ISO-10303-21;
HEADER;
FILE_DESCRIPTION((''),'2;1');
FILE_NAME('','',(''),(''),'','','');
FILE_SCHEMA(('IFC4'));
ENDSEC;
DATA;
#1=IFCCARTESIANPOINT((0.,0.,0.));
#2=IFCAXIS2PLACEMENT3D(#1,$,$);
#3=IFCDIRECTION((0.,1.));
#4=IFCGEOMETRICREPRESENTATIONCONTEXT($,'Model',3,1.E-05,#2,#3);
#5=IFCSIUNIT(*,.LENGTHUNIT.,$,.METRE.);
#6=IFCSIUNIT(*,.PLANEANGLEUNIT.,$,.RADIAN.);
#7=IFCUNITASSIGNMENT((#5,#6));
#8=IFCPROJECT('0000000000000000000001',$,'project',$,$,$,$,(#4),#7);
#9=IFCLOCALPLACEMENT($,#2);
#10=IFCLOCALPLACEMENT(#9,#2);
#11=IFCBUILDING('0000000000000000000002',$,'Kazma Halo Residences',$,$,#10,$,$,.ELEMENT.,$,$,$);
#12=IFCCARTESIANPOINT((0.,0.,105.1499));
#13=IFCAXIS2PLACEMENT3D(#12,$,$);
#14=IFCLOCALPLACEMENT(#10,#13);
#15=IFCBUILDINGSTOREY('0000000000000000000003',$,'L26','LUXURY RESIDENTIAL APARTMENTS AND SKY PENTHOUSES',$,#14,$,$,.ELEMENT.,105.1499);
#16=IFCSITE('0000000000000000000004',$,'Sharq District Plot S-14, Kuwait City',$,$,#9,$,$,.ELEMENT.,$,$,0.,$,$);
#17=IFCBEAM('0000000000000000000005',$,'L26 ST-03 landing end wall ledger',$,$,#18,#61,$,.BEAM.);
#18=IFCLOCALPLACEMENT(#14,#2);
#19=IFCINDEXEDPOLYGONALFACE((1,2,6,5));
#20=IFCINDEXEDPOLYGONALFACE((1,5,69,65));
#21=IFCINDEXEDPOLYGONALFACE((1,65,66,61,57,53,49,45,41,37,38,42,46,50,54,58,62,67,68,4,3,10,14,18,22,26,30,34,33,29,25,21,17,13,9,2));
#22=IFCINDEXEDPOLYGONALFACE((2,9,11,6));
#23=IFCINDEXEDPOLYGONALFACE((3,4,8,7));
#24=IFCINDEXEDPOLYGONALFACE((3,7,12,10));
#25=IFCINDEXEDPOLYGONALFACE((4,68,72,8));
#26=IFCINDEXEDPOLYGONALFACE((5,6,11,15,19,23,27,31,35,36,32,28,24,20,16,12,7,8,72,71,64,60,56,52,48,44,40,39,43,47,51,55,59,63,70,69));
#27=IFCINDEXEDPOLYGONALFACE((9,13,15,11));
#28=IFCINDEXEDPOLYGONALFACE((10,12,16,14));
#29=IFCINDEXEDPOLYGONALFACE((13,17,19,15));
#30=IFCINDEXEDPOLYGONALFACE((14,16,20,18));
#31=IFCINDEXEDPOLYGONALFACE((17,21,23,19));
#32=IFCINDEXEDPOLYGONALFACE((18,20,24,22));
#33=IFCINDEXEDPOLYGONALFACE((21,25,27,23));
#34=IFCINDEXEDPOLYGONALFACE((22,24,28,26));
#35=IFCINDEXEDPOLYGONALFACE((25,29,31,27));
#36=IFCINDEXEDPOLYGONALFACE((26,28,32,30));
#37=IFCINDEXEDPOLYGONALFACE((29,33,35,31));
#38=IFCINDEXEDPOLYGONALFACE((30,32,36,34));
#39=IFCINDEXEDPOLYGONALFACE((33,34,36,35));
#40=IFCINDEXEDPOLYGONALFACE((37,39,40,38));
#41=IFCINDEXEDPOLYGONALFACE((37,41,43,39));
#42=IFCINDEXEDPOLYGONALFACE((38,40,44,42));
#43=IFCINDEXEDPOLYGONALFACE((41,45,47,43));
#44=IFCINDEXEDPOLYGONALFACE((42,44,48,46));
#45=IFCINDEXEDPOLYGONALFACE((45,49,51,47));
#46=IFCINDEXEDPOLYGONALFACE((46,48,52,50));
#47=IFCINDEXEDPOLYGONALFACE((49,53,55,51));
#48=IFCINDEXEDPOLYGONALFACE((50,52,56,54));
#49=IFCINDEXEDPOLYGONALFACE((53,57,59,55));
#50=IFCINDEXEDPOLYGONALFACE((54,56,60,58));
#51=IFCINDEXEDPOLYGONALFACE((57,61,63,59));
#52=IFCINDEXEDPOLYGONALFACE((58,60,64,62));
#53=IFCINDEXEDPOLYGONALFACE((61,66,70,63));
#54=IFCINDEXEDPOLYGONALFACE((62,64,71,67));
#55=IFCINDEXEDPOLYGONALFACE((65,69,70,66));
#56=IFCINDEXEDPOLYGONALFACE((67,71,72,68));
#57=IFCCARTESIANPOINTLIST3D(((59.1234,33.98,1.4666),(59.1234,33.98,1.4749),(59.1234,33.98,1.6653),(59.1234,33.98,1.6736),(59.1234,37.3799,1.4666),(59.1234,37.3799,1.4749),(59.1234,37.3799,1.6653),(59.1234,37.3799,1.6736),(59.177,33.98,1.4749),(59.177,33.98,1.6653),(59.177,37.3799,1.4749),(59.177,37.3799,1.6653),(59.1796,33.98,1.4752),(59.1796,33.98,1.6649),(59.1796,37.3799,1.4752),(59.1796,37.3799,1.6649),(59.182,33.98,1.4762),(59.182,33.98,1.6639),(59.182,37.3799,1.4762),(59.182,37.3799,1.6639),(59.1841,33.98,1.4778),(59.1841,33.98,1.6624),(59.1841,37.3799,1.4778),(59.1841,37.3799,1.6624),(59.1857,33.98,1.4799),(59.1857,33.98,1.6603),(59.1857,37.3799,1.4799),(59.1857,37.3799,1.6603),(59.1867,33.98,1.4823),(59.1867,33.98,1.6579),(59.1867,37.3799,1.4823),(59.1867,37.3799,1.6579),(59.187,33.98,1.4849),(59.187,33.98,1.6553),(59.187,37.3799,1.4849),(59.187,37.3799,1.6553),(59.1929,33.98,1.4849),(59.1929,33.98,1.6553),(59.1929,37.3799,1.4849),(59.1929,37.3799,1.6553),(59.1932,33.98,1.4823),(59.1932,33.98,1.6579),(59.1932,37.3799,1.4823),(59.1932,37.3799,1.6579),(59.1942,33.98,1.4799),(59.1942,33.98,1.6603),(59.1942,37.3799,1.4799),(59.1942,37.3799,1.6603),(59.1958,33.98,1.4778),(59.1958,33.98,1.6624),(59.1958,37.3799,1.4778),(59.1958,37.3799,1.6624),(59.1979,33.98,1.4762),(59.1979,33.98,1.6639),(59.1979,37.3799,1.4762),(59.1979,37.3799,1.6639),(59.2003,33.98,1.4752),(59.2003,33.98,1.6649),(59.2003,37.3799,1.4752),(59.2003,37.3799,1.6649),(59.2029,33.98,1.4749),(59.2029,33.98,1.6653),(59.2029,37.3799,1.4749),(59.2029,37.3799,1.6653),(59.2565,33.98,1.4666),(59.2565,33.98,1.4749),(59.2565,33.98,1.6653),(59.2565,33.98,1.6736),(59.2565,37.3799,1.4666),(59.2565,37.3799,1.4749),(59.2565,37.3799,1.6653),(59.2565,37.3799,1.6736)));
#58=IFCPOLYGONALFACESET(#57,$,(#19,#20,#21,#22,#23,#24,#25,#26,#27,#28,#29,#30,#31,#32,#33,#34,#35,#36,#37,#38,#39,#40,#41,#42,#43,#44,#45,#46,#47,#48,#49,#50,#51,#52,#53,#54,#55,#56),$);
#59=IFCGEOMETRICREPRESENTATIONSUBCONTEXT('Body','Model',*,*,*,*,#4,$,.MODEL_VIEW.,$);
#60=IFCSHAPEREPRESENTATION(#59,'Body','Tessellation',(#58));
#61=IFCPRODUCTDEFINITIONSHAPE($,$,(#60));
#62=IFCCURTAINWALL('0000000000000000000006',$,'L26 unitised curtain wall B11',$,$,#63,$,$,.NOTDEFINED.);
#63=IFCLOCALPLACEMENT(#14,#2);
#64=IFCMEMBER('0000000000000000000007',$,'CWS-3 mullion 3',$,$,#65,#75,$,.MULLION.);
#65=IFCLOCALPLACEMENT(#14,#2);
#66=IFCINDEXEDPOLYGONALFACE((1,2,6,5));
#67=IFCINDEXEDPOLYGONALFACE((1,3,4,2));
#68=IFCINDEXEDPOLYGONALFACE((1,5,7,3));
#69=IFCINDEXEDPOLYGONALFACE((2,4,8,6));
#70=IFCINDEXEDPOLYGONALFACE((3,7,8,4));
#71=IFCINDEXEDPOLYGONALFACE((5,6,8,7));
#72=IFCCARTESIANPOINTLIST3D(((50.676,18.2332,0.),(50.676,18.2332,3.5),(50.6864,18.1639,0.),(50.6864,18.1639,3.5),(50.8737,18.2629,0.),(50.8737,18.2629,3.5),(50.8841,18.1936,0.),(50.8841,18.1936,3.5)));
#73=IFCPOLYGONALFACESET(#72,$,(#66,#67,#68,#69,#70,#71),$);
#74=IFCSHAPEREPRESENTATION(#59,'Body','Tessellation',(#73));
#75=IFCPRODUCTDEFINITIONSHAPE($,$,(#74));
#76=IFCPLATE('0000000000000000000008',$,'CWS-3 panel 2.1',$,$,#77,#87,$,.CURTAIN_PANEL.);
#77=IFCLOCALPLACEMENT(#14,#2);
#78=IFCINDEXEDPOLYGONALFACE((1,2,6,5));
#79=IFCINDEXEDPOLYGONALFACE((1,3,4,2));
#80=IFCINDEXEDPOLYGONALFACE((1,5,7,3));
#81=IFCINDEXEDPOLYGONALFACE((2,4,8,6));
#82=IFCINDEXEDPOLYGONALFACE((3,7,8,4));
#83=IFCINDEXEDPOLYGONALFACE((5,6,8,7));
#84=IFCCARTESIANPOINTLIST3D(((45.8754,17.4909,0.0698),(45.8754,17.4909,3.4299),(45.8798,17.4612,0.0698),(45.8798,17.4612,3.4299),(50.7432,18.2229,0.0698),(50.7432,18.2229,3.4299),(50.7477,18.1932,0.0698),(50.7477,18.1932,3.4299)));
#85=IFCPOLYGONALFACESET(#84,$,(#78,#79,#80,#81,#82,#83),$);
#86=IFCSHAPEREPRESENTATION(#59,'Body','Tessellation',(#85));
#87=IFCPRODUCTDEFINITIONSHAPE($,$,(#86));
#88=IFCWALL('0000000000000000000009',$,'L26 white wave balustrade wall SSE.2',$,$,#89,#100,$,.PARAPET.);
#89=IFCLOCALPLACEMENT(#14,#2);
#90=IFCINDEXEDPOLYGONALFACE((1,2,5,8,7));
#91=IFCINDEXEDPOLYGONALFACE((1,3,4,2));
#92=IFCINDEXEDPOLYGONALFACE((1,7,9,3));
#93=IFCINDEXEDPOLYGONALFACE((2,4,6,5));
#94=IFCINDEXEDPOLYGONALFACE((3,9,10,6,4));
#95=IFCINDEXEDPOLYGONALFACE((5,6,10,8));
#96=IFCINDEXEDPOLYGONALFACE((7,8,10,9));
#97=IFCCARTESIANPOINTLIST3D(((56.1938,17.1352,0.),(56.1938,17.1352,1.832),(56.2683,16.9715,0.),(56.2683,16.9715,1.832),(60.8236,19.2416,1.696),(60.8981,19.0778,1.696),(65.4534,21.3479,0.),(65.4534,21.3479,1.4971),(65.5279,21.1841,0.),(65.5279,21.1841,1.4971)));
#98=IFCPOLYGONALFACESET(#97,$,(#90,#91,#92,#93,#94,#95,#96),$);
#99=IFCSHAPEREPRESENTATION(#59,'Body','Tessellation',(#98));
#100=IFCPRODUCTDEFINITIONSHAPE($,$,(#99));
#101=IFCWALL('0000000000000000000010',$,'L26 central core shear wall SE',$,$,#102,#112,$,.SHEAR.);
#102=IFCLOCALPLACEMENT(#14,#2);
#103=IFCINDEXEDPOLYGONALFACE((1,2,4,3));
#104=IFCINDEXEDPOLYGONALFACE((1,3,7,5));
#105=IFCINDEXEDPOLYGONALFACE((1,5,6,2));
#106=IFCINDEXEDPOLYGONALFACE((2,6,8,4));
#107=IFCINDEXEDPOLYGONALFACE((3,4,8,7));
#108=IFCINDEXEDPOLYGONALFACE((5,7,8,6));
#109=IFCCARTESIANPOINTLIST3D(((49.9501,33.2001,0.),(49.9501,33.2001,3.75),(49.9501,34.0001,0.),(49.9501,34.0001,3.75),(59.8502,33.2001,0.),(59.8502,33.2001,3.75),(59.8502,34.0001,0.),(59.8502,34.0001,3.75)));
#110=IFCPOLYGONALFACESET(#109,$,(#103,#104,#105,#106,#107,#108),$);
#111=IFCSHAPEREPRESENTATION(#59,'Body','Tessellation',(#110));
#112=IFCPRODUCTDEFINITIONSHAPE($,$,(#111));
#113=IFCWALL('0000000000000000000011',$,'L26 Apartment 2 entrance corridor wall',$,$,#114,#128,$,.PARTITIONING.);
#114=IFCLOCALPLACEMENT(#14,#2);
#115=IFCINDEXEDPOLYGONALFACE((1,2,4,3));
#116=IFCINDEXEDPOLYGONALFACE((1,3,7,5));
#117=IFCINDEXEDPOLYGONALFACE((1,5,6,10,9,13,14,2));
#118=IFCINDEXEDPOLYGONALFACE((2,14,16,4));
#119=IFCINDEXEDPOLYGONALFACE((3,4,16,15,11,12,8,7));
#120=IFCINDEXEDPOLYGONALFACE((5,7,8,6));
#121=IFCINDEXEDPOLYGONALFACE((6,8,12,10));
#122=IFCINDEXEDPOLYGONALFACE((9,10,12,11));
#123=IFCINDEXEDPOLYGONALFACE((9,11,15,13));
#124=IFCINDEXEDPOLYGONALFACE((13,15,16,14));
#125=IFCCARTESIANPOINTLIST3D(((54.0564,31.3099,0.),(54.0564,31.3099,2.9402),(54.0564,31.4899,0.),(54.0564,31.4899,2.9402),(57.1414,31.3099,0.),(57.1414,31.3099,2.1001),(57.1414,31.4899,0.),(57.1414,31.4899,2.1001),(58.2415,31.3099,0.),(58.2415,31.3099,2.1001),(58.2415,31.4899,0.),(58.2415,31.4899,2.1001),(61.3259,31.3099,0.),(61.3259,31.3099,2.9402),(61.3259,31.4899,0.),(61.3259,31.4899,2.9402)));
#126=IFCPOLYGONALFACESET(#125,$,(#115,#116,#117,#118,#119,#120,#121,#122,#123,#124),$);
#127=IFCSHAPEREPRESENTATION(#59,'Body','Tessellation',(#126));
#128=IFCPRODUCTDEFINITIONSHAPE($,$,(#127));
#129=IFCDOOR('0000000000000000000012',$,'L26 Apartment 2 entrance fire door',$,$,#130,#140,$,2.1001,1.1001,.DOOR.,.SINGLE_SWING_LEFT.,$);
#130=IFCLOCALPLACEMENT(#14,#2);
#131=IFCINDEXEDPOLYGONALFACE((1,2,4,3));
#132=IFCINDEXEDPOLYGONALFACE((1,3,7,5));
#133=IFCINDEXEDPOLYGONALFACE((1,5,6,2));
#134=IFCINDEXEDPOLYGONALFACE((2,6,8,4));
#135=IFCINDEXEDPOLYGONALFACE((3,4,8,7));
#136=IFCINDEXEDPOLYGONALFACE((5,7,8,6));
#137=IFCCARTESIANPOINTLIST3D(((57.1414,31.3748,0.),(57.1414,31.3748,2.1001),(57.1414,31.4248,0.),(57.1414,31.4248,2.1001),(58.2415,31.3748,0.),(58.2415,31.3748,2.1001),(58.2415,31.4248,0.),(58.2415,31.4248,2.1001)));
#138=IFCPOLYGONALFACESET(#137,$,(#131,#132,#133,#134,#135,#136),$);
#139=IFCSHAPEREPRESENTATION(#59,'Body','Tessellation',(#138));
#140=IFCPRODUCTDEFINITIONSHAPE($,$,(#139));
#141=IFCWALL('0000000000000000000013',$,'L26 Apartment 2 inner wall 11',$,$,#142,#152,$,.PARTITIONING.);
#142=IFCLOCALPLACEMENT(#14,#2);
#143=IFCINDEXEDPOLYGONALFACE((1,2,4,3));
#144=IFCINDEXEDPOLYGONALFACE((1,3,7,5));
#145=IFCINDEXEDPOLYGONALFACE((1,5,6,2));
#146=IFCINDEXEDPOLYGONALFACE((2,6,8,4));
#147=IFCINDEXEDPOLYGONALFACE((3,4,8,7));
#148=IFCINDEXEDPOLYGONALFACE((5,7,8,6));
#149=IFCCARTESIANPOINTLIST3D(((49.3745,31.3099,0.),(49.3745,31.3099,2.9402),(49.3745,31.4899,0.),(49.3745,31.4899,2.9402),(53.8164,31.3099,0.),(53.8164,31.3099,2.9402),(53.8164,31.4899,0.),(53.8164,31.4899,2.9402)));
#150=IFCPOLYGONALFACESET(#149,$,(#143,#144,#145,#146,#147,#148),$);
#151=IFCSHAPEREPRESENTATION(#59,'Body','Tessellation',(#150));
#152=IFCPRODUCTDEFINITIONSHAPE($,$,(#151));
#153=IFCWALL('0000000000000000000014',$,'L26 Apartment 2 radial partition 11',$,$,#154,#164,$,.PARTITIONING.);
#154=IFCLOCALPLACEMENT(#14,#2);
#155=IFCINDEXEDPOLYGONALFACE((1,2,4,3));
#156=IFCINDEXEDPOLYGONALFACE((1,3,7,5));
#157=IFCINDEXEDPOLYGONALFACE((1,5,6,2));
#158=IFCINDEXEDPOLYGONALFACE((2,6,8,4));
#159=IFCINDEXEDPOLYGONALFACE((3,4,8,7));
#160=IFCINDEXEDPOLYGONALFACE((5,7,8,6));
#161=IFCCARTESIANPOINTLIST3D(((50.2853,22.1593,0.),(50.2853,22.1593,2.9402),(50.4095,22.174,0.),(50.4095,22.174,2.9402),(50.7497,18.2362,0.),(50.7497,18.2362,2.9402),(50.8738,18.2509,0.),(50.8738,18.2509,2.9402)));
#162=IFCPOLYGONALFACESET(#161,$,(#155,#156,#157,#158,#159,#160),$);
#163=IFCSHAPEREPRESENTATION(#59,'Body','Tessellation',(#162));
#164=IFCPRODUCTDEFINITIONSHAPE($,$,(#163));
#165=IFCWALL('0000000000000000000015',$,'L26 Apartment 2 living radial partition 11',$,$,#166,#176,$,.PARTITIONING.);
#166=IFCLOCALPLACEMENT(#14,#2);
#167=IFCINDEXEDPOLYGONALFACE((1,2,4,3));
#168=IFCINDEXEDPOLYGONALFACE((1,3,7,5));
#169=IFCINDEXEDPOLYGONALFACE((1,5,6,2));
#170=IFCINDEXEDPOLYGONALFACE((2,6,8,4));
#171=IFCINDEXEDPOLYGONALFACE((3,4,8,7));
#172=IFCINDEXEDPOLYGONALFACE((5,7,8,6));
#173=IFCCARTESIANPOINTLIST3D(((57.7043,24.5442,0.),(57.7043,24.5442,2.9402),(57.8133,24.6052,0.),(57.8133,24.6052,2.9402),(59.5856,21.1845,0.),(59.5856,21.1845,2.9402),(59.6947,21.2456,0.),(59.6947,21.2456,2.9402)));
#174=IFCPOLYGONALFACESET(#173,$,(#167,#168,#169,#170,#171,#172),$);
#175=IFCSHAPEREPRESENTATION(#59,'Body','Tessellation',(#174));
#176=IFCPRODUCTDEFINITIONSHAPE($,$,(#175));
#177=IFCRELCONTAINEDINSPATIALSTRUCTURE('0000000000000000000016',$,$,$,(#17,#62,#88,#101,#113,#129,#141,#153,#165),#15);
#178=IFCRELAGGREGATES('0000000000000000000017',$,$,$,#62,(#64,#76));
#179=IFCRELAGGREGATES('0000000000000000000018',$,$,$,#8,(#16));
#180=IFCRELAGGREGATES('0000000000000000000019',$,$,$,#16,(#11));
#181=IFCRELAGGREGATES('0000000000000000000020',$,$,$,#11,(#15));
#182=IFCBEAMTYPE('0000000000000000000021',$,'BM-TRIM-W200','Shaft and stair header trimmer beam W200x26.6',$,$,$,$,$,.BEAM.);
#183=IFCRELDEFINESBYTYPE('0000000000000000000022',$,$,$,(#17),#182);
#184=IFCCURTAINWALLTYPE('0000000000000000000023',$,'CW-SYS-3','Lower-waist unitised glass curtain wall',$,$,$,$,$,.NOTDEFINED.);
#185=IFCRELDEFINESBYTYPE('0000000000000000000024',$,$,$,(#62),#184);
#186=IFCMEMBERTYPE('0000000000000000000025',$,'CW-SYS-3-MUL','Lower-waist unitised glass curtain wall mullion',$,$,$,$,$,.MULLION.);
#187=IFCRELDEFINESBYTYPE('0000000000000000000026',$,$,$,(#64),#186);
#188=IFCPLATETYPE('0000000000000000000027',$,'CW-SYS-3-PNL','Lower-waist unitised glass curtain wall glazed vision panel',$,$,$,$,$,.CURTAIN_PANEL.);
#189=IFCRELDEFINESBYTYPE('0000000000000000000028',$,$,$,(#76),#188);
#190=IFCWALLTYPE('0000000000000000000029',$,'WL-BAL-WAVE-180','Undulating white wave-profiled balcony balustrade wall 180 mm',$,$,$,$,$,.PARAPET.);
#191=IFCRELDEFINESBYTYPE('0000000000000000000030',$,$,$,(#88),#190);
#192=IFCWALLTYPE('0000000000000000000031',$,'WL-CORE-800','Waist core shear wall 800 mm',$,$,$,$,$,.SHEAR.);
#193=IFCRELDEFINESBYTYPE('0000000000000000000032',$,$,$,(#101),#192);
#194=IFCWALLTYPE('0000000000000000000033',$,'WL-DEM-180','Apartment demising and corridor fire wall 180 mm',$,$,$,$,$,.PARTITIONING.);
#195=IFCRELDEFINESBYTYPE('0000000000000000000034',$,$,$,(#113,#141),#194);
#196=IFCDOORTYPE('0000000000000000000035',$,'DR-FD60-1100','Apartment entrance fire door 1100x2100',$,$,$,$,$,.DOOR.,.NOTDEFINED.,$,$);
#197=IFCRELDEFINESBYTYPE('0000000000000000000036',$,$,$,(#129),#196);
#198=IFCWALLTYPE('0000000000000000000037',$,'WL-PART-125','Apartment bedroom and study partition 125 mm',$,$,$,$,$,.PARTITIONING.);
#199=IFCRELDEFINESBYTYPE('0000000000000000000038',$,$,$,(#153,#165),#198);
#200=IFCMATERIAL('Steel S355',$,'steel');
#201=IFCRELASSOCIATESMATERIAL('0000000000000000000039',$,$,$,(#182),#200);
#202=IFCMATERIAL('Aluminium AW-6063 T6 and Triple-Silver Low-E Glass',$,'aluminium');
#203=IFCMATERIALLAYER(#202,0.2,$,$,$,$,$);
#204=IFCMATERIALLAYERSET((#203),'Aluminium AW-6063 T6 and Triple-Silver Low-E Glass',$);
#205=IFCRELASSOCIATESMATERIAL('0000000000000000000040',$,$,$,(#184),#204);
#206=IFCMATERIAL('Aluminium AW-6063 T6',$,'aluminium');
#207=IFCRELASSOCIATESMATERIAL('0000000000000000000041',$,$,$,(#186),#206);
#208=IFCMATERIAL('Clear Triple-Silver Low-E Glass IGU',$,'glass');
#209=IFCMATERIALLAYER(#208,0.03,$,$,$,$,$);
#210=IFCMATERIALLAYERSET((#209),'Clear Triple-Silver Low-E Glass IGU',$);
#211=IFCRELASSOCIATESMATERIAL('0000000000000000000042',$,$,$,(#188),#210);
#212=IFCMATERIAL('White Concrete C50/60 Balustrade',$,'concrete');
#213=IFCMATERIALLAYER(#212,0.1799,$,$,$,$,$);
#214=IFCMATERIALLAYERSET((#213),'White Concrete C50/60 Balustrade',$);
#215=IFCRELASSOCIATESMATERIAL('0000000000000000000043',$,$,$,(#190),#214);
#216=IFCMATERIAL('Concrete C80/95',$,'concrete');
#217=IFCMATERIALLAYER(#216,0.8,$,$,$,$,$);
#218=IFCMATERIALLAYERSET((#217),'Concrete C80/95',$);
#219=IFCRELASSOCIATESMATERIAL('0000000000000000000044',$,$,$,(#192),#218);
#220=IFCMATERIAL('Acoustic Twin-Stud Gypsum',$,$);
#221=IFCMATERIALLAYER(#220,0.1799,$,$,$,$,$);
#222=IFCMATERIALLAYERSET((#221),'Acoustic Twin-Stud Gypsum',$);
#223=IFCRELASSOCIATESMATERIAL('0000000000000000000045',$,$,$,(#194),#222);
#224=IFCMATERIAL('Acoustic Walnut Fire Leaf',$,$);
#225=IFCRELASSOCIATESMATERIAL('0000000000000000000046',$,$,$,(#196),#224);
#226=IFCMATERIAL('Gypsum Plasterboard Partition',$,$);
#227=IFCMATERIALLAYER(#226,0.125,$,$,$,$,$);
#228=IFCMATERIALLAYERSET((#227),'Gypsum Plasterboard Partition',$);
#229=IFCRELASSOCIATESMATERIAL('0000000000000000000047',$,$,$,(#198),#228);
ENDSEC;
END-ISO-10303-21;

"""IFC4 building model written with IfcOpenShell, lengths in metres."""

from ifc_helpers import new_model, si_unit, direction, frame, frame_2d, origin, origin_2d, place, context, subcontext, project, spatial, polyline, rectangle, i_section, outline, extrude, material, layer, layer_set, material_profile, profile_set, type_object, element, fill, aggregate, save


model = new_model("IFC4")

# Units and contexts
model_context = context("Model", 3, precision=1e-05, world=origin(), true_north=direction((0.0, 1.0)))
body_context = subcontext(model_context, "Body", "Model", "MODEL_VIEW")
ifc_project = project(units=[si_unit("LENGTHUNIT", "METRE"), si_unit("PLANEANGLEUNIT", "RADIAN")], contexts=[model_context])

# Site, building, storey
site_placement = place(None, origin())
site = spatial("IfcSite", under=ifc_project, at=site_placement, Name="Sharq District Plot S-14, Kuwait City", CompositionType="ELEMENT", RefElevation=0.0)
building_placement = place(site_placement, origin())
building = spatial("IfcBuilding", under=site, at=building_placement, Name="Kazma Halo Residences", CompositionType="ELEMENT")
storey_placement = place(building_placement, frame((0.0, 0.0, 105.1499)))
storey = spatial("IfcBuildingStorey", under=building, at=storey_placement, Name="L26", Description="LUXURY RESIDENTIAL APARTMENTS AND SKY PENTHOUSES", CompositionType="ELEMENT", Elevation=105.1499)

# Shared definitions
ifc_material_1 = material(Name="Concrete C80/95", Category="concrete")

# Beam
ifc_material_2 = material(Name="Steel S355", Category="steel")
ifc_material_profile_1 = material_profile(ifc_material_2, i_section(OverallWidth=0.1331, OverallDepth=0.207, WebThickness=0.0059, FlangeThickness=0.0083, FilletRadius=0.01, at=origin_2d()), Name="W200x26.6")
ifc_profile_set_1 = profile_set([ifc_material_profile_1], Name="Steel S355")
beam_type_1 = type_object("IfcBeamType", Name="BM-TRIM-W200", Description="Shaft and stair header trimmer beam W200x26.6", PredefinedType="BEAM", material=ifc_profile_set_1)
beam_1_placement = place(storey_placement, frame((59.1899, 33.98, 1.5701), z_axis=(0.0, 1.0, 0.0), x_axis=(-1.0, 0.0, 0.0)))
element("IfcBeam", 1, at=beam_1_placement, inside=storey, type_object=beam_type_1, Name="L26 ST-03 landing end wall ledger", PredefinedType="BEAM", context=body_context, shape_type="SweptSolid", body=[
    extrude(i_section(OverallWidth=0.1331, OverallDepth=0.207, WebThickness=0.0059, FlangeThickness=0.0083, FilletRadius=0.01, at=origin_2d()), origin(), (0.0, 0.0, 1.0), 3.3999),
])

# Curtain wall, member, plate
ifc_material_3 = material(Name="Aluminium AW-6063 T6 and Triple-Silver Low-E Glass", Category="aluminium")
ifc_layer_1 = layer(ifc_material_3, 0.2)
ifc_layer_set_1 = layer_set([ifc_layer_1], Name="Aluminium AW-6063 T6 and Triple-Silver Low-E Glass")
curtain_wall_type = type_object("IfcCurtainWallType", Name="CW-SYS-3", Description="Lower-waist unitised glass curtain wall", PredefinedType="NOTDEFINED", material=ifc_layer_set_1)
curtain_wall_placement = place(storey_placement, origin())
curtain_wall = element("IfcCurtainWall", 2, at=curtain_wall_placement, inside=storey, type_object=curtain_wall_type, Name="L26 unitised curtain wall B11", PredefinedType="NOTDEFINED")
ifc_material_4 = material(Name="Aluminium AW-6063 T6", Category="aluminium")
ifc_material_profile_2 = material_profile(ifc_material_4, rectangle(XDim=0.0701, YDim=0.2, at=origin_2d()), Name="CWM-70x200")
ifc_profile_set_2 = profile_set([ifc_material_profile_2], Name="Aluminium AW-6063 T6")
member_type = type_object("IfcMemberType", Name="CW-SYS-3-MUL", Description="Lower-waist unitised glass curtain wall mullion", PredefinedType="MULLION", material=ifc_profile_set_2)
member_placement = place(storey_placement, frame((50.78, 18.2134, 0.0), z_axis=(0.0, 0.0, 1.0), x_axis=(-0.148717, 0.98888, 0.0)))
member = element("IfcMember", 3, at=member_placement, type_object=member_type, Name="CWS-3 mullion 3", PredefinedType="MULLION", context=body_context, shape_type="SweptSolid", body=[
    extrude(rectangle(XDim=0.0701, YDim=0.2, at=origin_2d()), origin(), (0.0, 0.0, 1.0), 3.5),
])
ifc_material_5 = material(Name="Clear Triple-Silver Low-E Glass IGU", Category="glass")
ifc_layer_2 = layer(ifc_material_5, 0.03)
ifc_layer_set_2 = layer_set([ifc_layer_2], Name="Clear Triple-Silver Low-E Glass IGU")
plate_type = type_object("IfcPlateType", Name="CW-SYS-3-PNL", Description="Lower-waist unitised glass curtain wall glazed vision panel", PredefinedType="CURTAIN_PANEL", material=ifc_layer_set_2)
plate_placement = place(storey_placement, frame((48.3115, 17.842, 0.0698), z_axis=(0.0, 0.0, 1.0), x_axis=(0.98888, 0.148717, 0.0)))
plate = element("IfcPlate", 4, at=plate_placement, type_object=plate_type, Name="CWS-3 panel 2.1", PredefinedType="CURTAIN_PANEL", context=body_context, shape_type="SweptSolid", body=[
    extrude(rectangle(XDim=4.9226, YDim=0.03, at=origin_2d()), origin(), (0.0, 0.0, 1.0), 3.3601),
])
aggregate(curtain_wall, [member, plate])

# Walls
ifc_material_6 = material(Name="White Concrete C50/60 Balustrade", Category="concrete")
ifc_layer_3 = layer(ifc_material_6, 0.1799)
ifc_layer_set_3 = layer_set([ifc_layer_3], Name="White Concrete C50/60 Balustrade")
wall_type_1 = type_object("IfcWallType", Name="WL-BAL-WAVE-180", Description="Undulating white wave-profiled balcony balustrade wall 180 mm", PredefinedType="PARAPET", material=ifc_layer_set_3)
wall_1_placement = place(storey_placement, frame((56.231, 17.0535, 0.0), z_axis=(0.0, 0.0, 1.0), x_axis=(0.910227, 0.41411, 0.0)))
element("IfcWall", 5, at=wall_1_placement, inside=storey, type_object=wall_type_1, Name="L26 white wave balustrade wall SSE.2", PredefinedType="PARAPET", context=body_context, shape_type="SweptSolid", body=[
    extrude(outline(polyline([(0.0, 0.0), (10.1729, 0.0), (10.1729, 1.4971), (5.0864, 1.696), (0.0, 1.832), (0.0, 0.0)])), frame((0.0, 0.0898, 0.0), z_axis=(0.0, -1.0, 0.0), x_axis=(1.0, 0.0, 0.0)), (0.0, 0.0, 1.0), 0.1799),
])
ifc_layer_4 = layer(ifc_material_1, 0.8)
ifc_layer_set_4 = layer_set([ifc_layer_4], Name="Concrete C80/95")
wall_type_2 = type_object("IfcWallType", Name="WL-CORE-800", Description="Waist core shear wall 800 mm", PredefinedType="SHEAR", material=ifc_layer_set_4)
wall_2_placement = place(storey_placement, frame((49.95, 33.6001, 0.0), z_axis=(0.0, 0.0, 1.0), x_axis=(1.0, 0.0, 0.0)))
element("IfcWall", 6, at=wall_2_placement, inside=storey, type_object=wall_type_2, Name="L26 central core shear wall SE", PredefinedType="SHEAR", context=body_context, shape_type="SweptSolid", body=[
    extrude(rectangle(XDim=9.9001, YDim=0.8, at=frame_2d((4.9502, 0.0))), origin(), (0.0, 0.0, 1.0), 3.75),
])

# Wall, opening, door
ifc_material_7 = material(Name="Acoustic Twin-Stud Gypsum")
ifc_layer_5 = layer(ifc_material_7, 0.1799)
ifc_layer_set_5 = layer_set([ifc_layer_5], Name="Acoustic Twin-Stud Gypsum")
wall_type_3 = type_object("IfcWallType", Name="WL-DEM-180", Description="Apartment demising and corridor fire wall 180 mm", PredefinedType="PARTITIONING", material=ifc_layer_set_5)
wall_3_placement = place(storey_placement, frame((54.0564, 31.3999, 0.0), z_axis=(0.0, 0.0, 1.0), x_axis=(1.0, 0.0, 0.0)))
wall_3 = element("IfcWall", 7, at=wall_3_placement, inside=storey, type_object=wall_type_3, Name="L26 Apartment 2 entrance corridor wall", PredefinedType="PARTITIONING", context=body_context, shape_type="SweptSolid", body=[
    extrude(rectangle(XDim=7.2695, YDim=0.1799, at=frame_2d((3.6348, 0.0))), origin(), (0.0, 0.0, 1.0), 2.9402),
])
opening_1_placement = place(wall_3_placement, frame((3.085, 0.0, 0.0)))
opening_1 = element("IfcOpeningElement", 8, at=opening_1_placement, cuts=wall_3, PredefinedType="OPENING", context=body_context, shape_type="SweptSolid", body=[
    extrude(rectangle(XDim=1.1001, YDim=2.1001, at=frame_2d((0.55, 1.05))), frame((0.0, 0.0999, 0.0), z_axis=(0.0, -1.0, 0.0), x_axis=(1.0, 0.0, 0.0)), (0.0, 0.0, 1.0), 0.2),
])
ifc_material_8 = material(Name="Acoustic Walnut Fire Leaf")
door_type_1 = type_object("IfcDoorType", Name="DR-FD60-1100", Description="Apartment entrance fire door 1100x2100", OperationType="NOTDEFINED", PredefinedType="DOOR", material=ifc_material_8)
door_1_placement = place(opening_1_placement, origin())
door_1 = element("IfcDoor", 9, at=door_1_placement, inside=storey, type_object=door_type_1, Name="L26 Apartment 2 entrance fire door", OperationType="SINGLE_SWING_LEFT", OverallHeight=2.1001, OverallWidth=1.1001, PredefinedType="DOOR", context=body_context, shape_type="SweptSolid", body=[
    extrude(rectangle(XDim=1.1001, YDim=2.1001, at=frame_2d((0.55, 1.05))), frame((0.0, 0.0249, 0.0), z_axis=(0.0, -1.0, 0.0), x_axis=(1.0, 0.0, 0.0)), (0.0, 0.0, 1.0), 0.05),
])
fill(opening_1, door_1)

# Wall
wall_4_placement = place(storey_placement, frame((49.3745, 31.3999, 0.0), z_axis=(0.0, 0.0, 1.0), x_axis=(1.0, 0.0, 0.0)))
element("IfcWall", 10, at=wall_4_placement, inside=storey, type_object=wall_type_3, Name="L26 Apartment 2 inner wall 11", PredefinedType="PARTITIONING", context=body_context, shape_type="SweptSolid", body=[
    extrude(rectangle(XDim=4.4419, YDim=0.1799, at=frame_2d((2.2209, 0.0))), origin(), (0.0, 0.0, 1.0), 2.9402),
])

# Walls
ifc_material_9 = material(Name="Gypsum Plasterboard Partition")
ifc_layer_6 = layer(ifc_material_9, 0.125)
ifc_layer_set_6 = layer_set([ifc_layer_6], Name="Gypsum Plasterboard Partition")
wall_type_4 = type_object("IfcWallType", Name="WL-PART-125", Description="Apartment bedroom and study partition 125 mm", PredefinedType="PARTITIONING", material=ifc_layer_set_6)
wall_5_placement = place(storey_placement, frame((50.3474, 22.1665, 0.0), z_axis=(0.0, 0.0, 1.0), x_axis=(0.117544, -0.993068, 0.0)))
element("IfcWall", 11, at=wall_5_placement, inside=storey, type_object=wall_type_4, Name="L26 Apartment 2 radial partition 11", PredefinedType="PARTITIONING", context=body_context, shape_type="SweptSolid", body=[
    extrude(rectangle(XDim=3.9504, YDim=0.125, at=frame_2d((1.9751, 0.0))), origin(), (0.0, 0.0, 1.0), 2.9402),
])
wall_6_placement = place(storey_placement, frame((57.7588, 24.5747, 0.0), z_axis=(0.0, 0.0, 1.0), x_axis=(0.488596, -0.87251, 0.0)))
element("IfcWall", 12, at=wall_6_placement, inside=storey, type_object=wall_type_4, Name="L26 Apartment 2 living radial partition 11", PredefinedType="PARTITIONING", context=body_context, shape_type="SweptSolid", body=[
    extrude(rectangle(XDim=3.8506, YDim=0.125, at=frame_2d((1.9253, 0.0))), origin(), (0.0, 0.0, 1.0), 2.9402),
])

save(model, "model.ifc")
